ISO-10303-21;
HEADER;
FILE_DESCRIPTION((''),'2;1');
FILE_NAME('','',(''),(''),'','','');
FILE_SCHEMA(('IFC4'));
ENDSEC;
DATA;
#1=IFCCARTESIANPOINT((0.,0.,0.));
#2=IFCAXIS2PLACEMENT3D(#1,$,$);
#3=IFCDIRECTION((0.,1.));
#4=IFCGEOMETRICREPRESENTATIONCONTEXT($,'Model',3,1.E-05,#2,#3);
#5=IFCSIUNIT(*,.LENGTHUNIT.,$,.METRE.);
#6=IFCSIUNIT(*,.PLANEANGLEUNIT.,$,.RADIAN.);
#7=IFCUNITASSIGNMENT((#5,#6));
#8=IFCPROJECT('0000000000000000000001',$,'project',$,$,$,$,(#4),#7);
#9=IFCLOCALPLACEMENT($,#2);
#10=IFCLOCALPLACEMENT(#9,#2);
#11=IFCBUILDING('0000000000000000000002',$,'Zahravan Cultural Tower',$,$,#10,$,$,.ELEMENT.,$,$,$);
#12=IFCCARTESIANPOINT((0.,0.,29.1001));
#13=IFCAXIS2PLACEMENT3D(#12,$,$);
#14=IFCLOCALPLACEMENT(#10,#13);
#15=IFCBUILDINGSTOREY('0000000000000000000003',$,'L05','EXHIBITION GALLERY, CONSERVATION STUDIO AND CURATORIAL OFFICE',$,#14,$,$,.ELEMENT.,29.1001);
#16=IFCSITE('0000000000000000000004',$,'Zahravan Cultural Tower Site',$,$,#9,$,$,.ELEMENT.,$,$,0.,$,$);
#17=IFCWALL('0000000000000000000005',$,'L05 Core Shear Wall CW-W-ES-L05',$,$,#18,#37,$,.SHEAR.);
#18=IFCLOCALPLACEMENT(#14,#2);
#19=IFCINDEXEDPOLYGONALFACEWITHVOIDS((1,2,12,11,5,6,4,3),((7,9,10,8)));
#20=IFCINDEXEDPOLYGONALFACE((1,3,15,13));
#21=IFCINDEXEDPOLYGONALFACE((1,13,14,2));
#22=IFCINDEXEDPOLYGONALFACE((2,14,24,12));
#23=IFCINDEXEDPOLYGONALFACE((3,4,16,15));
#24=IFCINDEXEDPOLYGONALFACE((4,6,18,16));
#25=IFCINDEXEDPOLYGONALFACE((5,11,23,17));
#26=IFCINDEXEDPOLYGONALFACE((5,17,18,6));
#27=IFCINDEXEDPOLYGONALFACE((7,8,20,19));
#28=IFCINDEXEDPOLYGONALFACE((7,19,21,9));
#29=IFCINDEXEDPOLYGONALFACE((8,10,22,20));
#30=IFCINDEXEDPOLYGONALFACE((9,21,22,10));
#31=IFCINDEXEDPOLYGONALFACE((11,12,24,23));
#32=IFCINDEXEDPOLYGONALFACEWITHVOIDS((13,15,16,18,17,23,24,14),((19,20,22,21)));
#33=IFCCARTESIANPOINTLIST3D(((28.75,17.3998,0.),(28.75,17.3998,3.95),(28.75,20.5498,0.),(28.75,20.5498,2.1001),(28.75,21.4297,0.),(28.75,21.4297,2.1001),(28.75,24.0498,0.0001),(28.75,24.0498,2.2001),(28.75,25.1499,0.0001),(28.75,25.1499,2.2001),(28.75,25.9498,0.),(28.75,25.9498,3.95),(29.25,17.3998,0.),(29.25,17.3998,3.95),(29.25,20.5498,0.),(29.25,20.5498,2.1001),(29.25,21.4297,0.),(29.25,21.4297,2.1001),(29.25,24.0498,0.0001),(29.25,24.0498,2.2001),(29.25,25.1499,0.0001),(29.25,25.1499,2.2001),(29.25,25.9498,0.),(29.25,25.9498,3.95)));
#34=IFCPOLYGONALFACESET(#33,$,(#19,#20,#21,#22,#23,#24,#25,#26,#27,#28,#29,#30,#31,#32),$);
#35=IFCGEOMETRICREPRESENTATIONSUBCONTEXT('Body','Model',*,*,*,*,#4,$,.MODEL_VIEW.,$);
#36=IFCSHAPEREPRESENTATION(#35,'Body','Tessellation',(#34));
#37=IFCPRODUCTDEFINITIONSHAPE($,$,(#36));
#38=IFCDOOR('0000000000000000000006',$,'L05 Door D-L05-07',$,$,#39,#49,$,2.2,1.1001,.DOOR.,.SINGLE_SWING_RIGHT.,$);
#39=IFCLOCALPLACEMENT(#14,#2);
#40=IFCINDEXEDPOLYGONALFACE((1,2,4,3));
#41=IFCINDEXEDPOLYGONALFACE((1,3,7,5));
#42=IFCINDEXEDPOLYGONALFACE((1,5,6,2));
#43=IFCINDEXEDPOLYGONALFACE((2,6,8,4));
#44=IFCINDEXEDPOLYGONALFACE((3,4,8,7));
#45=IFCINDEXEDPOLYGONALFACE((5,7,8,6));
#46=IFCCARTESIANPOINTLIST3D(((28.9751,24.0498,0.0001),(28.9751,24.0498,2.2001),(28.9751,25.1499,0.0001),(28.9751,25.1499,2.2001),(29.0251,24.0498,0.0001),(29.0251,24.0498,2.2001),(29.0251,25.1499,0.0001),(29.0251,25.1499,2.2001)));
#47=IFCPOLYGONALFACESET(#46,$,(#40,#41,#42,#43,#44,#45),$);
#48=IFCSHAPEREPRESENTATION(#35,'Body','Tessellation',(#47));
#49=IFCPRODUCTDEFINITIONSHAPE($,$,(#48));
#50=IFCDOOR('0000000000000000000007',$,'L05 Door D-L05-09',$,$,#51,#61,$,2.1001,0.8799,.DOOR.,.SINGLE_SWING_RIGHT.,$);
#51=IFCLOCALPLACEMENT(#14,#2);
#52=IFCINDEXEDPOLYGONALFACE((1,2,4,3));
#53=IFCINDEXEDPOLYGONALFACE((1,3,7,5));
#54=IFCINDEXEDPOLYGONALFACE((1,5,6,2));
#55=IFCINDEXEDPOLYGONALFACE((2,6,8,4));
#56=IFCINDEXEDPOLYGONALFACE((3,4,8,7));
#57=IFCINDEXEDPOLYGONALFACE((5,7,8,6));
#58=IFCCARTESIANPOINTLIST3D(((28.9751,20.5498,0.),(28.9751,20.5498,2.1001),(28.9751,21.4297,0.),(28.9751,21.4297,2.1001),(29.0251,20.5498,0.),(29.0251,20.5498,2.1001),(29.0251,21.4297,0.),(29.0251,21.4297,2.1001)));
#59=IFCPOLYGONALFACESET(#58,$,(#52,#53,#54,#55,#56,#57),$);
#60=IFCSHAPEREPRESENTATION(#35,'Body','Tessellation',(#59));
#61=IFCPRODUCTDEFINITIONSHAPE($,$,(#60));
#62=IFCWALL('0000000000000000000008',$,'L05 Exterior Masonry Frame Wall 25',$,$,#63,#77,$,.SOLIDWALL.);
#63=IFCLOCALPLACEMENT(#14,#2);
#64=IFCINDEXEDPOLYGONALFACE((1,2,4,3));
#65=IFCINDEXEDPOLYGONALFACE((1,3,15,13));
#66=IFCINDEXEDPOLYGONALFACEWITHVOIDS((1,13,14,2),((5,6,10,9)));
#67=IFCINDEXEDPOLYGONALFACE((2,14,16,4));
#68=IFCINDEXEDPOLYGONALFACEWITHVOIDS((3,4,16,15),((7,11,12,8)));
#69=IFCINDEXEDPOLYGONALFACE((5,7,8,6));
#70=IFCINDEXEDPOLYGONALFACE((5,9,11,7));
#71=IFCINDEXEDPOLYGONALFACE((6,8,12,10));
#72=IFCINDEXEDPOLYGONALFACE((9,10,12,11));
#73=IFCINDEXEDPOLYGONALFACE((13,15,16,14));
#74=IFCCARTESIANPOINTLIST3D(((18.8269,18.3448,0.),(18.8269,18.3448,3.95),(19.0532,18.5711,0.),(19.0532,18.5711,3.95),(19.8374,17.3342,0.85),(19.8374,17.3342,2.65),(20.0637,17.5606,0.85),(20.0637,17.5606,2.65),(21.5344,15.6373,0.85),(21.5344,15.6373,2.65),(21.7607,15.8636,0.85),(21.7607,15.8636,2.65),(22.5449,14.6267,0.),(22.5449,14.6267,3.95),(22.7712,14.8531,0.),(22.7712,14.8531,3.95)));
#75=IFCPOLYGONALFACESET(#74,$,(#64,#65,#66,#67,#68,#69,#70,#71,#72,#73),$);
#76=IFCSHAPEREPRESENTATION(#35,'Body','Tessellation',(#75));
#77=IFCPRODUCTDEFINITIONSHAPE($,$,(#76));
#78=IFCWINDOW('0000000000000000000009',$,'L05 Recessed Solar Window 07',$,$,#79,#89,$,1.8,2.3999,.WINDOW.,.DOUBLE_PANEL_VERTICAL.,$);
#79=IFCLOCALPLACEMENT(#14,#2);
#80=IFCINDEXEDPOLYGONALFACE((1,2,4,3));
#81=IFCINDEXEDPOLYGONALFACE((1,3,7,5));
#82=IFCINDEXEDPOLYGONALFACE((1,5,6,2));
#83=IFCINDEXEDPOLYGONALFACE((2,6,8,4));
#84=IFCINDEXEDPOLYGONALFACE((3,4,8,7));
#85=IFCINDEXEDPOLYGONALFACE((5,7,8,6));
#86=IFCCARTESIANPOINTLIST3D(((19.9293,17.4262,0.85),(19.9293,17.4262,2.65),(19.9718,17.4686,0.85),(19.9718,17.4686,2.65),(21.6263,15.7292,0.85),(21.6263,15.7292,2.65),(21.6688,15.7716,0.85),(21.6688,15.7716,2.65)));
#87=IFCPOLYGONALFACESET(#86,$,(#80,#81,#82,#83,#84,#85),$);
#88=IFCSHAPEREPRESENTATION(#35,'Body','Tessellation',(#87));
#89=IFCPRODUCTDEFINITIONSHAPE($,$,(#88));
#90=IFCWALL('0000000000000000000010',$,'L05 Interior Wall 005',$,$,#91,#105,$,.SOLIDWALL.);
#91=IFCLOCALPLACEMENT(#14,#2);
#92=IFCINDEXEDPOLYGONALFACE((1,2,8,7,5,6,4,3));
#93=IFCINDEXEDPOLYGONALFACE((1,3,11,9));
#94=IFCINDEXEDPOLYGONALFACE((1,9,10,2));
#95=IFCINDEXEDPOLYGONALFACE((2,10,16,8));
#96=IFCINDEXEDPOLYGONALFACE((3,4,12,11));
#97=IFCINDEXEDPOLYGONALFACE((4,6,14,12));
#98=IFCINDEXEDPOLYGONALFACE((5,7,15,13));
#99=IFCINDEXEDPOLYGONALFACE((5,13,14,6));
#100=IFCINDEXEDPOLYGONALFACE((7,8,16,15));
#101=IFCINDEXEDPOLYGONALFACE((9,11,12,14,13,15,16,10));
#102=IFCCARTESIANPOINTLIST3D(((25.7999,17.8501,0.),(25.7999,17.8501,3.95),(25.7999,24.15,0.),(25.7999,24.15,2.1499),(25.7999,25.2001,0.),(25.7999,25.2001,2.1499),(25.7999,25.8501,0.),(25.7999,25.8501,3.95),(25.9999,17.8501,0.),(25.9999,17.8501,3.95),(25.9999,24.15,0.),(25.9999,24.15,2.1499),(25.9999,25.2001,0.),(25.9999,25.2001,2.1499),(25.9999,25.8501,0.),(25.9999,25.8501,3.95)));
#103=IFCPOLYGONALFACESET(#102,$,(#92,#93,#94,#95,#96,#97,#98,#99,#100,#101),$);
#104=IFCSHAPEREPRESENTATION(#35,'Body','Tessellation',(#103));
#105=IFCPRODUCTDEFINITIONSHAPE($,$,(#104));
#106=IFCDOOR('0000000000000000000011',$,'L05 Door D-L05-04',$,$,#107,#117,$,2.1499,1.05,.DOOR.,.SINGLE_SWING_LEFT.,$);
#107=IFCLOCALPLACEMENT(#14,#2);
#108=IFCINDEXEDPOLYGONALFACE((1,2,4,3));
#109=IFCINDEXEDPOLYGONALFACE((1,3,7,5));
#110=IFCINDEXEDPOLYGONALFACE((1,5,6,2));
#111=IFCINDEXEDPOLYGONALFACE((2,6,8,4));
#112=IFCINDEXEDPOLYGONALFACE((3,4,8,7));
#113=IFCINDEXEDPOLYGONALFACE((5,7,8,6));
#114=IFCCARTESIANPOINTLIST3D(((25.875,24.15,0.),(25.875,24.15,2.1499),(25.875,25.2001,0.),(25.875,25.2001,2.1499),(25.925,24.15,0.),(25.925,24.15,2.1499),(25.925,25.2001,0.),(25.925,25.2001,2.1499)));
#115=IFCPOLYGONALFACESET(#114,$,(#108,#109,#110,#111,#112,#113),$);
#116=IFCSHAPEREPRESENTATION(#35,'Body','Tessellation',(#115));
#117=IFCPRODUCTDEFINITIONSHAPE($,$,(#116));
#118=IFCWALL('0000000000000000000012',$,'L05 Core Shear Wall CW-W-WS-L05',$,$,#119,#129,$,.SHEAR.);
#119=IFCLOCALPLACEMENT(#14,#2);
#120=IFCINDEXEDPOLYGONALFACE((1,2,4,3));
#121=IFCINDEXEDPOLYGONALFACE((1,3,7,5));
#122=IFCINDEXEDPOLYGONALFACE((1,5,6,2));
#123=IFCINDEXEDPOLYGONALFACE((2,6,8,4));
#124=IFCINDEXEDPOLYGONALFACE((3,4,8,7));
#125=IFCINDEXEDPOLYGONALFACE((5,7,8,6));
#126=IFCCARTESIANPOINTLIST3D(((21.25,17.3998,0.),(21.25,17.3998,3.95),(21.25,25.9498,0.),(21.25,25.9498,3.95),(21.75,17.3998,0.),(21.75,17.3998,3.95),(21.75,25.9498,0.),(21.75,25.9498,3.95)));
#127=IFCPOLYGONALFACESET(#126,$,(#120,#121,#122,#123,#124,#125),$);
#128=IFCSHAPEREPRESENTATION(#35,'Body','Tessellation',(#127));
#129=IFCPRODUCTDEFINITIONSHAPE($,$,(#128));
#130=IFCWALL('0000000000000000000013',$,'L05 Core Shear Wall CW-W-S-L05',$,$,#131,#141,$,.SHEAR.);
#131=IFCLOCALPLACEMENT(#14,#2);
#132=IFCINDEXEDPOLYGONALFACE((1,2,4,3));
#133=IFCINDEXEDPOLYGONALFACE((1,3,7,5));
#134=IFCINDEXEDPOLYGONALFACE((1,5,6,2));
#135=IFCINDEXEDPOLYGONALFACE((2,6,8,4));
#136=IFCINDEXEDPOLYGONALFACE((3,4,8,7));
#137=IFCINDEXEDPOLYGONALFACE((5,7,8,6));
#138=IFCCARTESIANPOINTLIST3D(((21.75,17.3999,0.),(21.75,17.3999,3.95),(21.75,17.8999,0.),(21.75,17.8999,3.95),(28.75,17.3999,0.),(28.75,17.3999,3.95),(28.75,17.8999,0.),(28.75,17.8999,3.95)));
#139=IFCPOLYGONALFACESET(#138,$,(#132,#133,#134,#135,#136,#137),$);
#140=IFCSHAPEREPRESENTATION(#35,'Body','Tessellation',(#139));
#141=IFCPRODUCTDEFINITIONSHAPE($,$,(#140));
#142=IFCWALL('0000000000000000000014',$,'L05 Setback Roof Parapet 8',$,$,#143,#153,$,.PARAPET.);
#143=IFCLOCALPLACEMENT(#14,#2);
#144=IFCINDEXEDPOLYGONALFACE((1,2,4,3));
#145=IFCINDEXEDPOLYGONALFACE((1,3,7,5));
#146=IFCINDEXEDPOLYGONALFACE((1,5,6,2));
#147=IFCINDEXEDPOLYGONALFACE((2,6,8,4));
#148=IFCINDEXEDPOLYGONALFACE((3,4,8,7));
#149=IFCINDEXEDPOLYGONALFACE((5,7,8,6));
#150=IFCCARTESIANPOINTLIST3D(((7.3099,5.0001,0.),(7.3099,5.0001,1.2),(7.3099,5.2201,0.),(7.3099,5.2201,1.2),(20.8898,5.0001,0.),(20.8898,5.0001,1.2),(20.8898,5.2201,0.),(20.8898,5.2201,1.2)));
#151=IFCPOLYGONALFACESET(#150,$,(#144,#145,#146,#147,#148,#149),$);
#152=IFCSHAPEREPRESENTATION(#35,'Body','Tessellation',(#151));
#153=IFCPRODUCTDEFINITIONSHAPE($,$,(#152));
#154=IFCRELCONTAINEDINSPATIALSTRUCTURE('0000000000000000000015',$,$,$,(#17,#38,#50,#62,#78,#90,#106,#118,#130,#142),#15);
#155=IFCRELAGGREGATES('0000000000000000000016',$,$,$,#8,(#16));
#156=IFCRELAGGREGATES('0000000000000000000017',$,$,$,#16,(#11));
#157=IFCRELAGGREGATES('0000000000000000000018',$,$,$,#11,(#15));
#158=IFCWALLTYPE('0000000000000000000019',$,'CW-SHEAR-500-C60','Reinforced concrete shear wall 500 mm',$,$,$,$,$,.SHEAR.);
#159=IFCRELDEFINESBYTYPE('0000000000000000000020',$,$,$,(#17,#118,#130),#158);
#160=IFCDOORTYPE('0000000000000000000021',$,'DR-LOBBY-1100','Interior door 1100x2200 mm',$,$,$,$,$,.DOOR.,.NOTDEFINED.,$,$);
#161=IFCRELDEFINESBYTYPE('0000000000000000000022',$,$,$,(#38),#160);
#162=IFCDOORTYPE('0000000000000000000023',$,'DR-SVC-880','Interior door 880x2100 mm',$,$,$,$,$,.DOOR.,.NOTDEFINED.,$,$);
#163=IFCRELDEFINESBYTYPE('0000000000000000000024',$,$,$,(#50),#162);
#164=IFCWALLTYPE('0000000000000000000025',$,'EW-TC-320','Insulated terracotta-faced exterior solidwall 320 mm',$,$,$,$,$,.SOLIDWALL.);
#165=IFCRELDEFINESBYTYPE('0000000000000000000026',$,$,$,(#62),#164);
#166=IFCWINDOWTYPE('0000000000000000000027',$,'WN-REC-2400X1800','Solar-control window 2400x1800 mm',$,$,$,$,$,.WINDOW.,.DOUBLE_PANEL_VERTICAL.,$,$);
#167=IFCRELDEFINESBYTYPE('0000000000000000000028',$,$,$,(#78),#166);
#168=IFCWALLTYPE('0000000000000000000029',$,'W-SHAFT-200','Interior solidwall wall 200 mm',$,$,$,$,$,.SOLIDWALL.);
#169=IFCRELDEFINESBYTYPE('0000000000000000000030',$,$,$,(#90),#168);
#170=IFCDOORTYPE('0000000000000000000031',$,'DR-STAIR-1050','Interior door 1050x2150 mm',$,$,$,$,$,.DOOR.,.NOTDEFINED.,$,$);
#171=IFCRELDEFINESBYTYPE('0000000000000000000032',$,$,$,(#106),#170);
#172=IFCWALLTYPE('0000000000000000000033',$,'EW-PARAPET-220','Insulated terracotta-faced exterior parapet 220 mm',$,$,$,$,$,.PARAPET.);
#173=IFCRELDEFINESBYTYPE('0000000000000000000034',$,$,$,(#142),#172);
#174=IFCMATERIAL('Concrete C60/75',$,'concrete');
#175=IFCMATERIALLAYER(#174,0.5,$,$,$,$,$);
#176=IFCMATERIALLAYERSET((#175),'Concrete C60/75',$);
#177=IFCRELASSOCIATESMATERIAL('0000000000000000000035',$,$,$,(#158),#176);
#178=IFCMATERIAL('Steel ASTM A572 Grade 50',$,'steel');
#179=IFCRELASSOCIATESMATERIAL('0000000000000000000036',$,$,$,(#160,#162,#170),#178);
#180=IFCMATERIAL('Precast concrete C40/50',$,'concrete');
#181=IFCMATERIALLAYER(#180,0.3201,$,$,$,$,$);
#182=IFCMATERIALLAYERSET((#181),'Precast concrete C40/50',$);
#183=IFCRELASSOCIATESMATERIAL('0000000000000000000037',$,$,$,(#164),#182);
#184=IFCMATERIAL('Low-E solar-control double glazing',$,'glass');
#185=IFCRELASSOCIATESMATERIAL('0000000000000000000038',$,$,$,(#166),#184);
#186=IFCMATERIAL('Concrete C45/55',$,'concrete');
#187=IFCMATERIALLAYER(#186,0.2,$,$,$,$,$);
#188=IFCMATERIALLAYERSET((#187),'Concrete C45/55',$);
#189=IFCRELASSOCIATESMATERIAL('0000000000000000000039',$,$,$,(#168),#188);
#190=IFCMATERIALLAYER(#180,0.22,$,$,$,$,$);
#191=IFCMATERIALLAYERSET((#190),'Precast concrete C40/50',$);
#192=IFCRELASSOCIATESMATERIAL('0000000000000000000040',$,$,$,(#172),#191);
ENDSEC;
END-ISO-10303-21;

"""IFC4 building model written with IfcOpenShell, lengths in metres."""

from ifc_helpers import new_model, si_unit, direction, frame, frame_2d, origin, place, context, subcontext, project, spatial, rectangle, extrude, source, transform, mapped, material, layer, layer_set, type_object, element, fill, save


model = new_model("IFC4")

# Units and contexts
model_context = context("Model", 3, precision=1e-05, world=origin(), true_north=direction((0.0, 1.0)))
body_context = subcontext(model_context, "Body", "Model", "MODEL_VIEW")
ifc_project = project(units=[si_unit("LENGTHUNIT", "METRE"), si_unit("PLANEANGLEUNIT", "RADIAN")], contexts=[model_context])

# Site, building, storey
site_placement = place(None, origin())
site = spatial("IfcSite", under=ifc_project, at=site_placement, Name="Zahravan Cultural Tower Site", CompositionType="ELEMENT", RefElevation=0.0)
building_placement = place(site_placement, origin())
building = spatial("IfcBuilding", under=site, at=building_placement, Name="Zahravan Cultural Tower", CompositionType="ELEMENT")
storey_placement = place(building_placement, frame((0.0, 0.0, 29.1001)))
storey = spatial("IfcBuildingStorey", under=building, at=storey_placement, Name="L05", Description="EXHIBITION GALLERY, CONSERVATION STUDIO AND CURATORIAL OFFICE", CompositionType="ELEMENT", Elevation=29.1001)

# Shared definitions
ifc_material_1 = material(Name="Concrete C60/75", Category="concrete")

# Shared definitions
ifc_material_2 = material(Name="Steel ASTM A572 Grade 50", Category="steel")

# Wall, openings, doors
ifc_layer_1 = layer(ifc_material_1, 0.5)
ifc_layer_set_1 = layer_set([ifc_layer_1], Name="Concrete C60/75")
wall_type_1 = type_object("IfcWallType", Name="CW-SHEAR-500-C60", Description="Reinforced concrete shear wall 500 mm", PredefinedType="SHEAR", material=ifc_layer_set_1)
wall_1_placement = place(storey_placement, frame((29.0, 17.3999, 0.0), z_axis=(0.0, 0.0, 1.0), x_axis=(0.0, 1.0, 0.0)))
wall_1 = element("IfcWall", 1, at=wall_1_placement, inside=storey, type_object=wall_type_1, Name="L05 Core Shear Wall CW-W-ES-L05", PredefinedType="SHEAR", context=body_context, shape_type="SweptSolid", body=[
    extrude(rectangle(XDim=8.55, YDim=0.5, at=frame_2d((4.2749, 0.0))), origin(), (0.0, 0.0, 1.0), 3.95),
])
opening_1_placement = place(wall_1_placement, frame((6.6499, 0.0, 0.0)))
opening_1 = element("IfcOpeningElement", 2, at=opening_1_placement, cuts=wall_1, PredefinedType="OPENING", context=body_context, shape_type="SweptSolid", body=[
    extrude(rectangle(XDim=1.1001, YDim=2.2, at=frame_2d((0.55, 1.1001))), frame((0.0, 0.26, 0.0), z_axis=(0.0, -1.0, 0.0), x_axis=(1.0, 0.0, 0.0)), (0.0, 0.0, 1.0), 0.52),
])
opening_2_placement = place(wall_1_placement, frame((3.1499, 0.0, 0.0)))
opening_2 = element("IfcOpeningElement", 3, at=opening_2_placement, cuts=wall_1, PredefinedType="OPENING", context=body_context, shape_type="SweptSolid", body=[
    extrude(rectangle(XDim=0.8799, YDim=2.1001, at=frame_2d((0.4399, 1.05))), frame((0.0, 0.26, 0.0), z_axis=(0.0, -1.0, 0.0), x_axis=(1.0, 0.0, 0.0)), (0.0, 0.0, 1.0), 0.52),
])
door_type_1 = type_object("IfcDoorType", Name="DR-LOBBY-1100", Description="Interior door 1100x2200 mm", OperationType="NOTDEFINED", PredefinedType="DOOR", material=ifc_material_2)
shared_shape_1 = source(origin(), body_context, "Body", "SweptSolid", [
    extrude(rectangle(XDim=1.1001, YDim=2.2, at=frame_2d((0.55, 1.1001))), frame((0.0, 0.0249, 0.0), z_axis=(0.0, -1.0, 0.0), x_axis=(1.0, 0.0, 0.0)), (0.0, 0.0, 1.0), 0.05),
])
door_1_placement = place(opening_1_placement, origin())
door_1 = element("IfcDoor", 4, at=door_1_placement, inside=storey, type_object=door_type_1, Name="L05 Door D-L05-07", OperationType="SINGLE_SWING_RIGHT", OverallHeight=2.2, OverallWidth=1.1001, PredefinedType="DOOR", context=body_context, shape_type="MappedRepresentation", body=[
    mapped(shared_shape_1, transform((0.0, 0.0, 0.0), x_axis=(1.0, 0.0, 0.0), y_axis=(0.0, 1.0, 0.0), z_axis=(0.0, 0.0, 1.0), scale=1.0)),
])
fill(opening_1, door_1)
door_type_2 = type_object("IfcDoorType", Name="DR-SVC-880", Description="Interior door 880x2100 mm", OperationType="NOTDEFINED", PredefinedType="DOOR", material=ifc_material_2)
shared_shape_2 = source(origin(), body_context, "Body", "SweptSolid", [
    extrude(rectangle(XDim=0.8799, YDim=2.1001, at=frame_2d((0.4399, 1.05))), frame((0.0, 0.0249, 0.0), z_axis=(0.0, -1.0, 0.0), x_axis=(1.0, 0.0, 0.0)), (0.0, 0.0, 1.0), 0.05),
])
door_2_placement = place(opening_2_placement, origin())
door_2 = element("IfcDoor", 5, at=door_2_placement, inside=storey, type_object=door_type_2, Name="L05 Door D-L05-09", OperationType="SINGLE_SWING_RIGHT", OverallHeight=2.1001, OverallWidth=0.8799, PredefinedType="DOOR", context=body_context, shape_type="MappedRepresentation", body=[
    mapped(shared_shape_2, transform((0.0, 0.0, 0.0), x_axis=(1.0, 0.0, 0.0), y_axis=(0.0, 1.0, 0.0), z_axis=(0.0, 0.0, 1.0), scale=1.0)),
])
fill(opening_2, door_2)

# Wall, opening, window
ifc_material_3 = material(Name="Precast concrete C40/50", Category="concrete")
ifc_layer_2 = layer(ifc_material_3, 0.3201)
ifc_layer_set_2 = layer_set([ifc_layer_2], Name="Precast concrete C40/50")
wall_type_2 = type_object("IfcWallType", Name="EW-TC-320", Description="Insulated terracotta-faced exterior solidwall 320 mm", PredefinedType="SOLIDWALL", material=ifc_layer_set_2)
wall_2_placement = place(storey_placement, frame((22.658, 14.74, 0.0), z_axis=(0.0, 0.0, 1.0), x_axis=(-0.707107, 0.707107, 0.0)))
wall_2 = element("IfcWall", 6, at=wall_2_placement, inside=storey, type_object=wall_type_2, Name="L05 Exterior Masonry Frame Wall 25", PredefinedType="SOLIDWALL", context=body_context, shape_type="SweptSolid", body=[
    extrude(rectangle(XDim=5.2581, YDim=0.3201, at=frame_2d((2.6289, 0.0))), origin(), (0.0, 0.0, 1.0), 3.95),
])
opening_3_placement = place(wall_2_placement, frame((1.429, 0.0, 0.8501)))
opening_3 = element("IfcOpeningElement", 7, at=opening_3_placement, cuts=wall_2, PredefinedType="OPENING", context=body_context, shape_type="SweptSolid", body=[
    extrude(rectangle(XDim=2.3999, YDim=1.8, at=frame_2d((1.2, 0.8999))), frame((0.0, 0.1699, 0.0), z_axis=(0.0, -1.0, 0.0), x_axis=(1.0, 0.0, 0.0)), (0.0, 0.0, 1.0), 0.3401),
])
ifc_material_4 = material(Name="Low-E solar-control double glazing", Category="glass")
window_type = type_object("IfcWindowType", Name="WN-REC-2400X1800", Description="Solar-control window 2400x1800 mm", PartitioningType="DOUBLE_PANEL_VERTICAL", PredefinedType="WINDOW", material=ifc_material_4)
shared_shape_3 = source(origin(), body_context, "Body", "SweptSolid", [
    extrude(rectangle(XDim=2.3999, YDim=1.8, at=frame_2d((1.2, 0.8999))), frame((0.0, 0.03, 0.0), z_axis=(0.0, -1.0, 0.0), x_axis=(1.0, 0.0, 0.0)), (0.0, 0.0, 1.0), 0.0601),
])
window_placement = place(opening_3_placement, origin())
window = element("IfcWindow", 8, at=window_placement, inside=storey, type_object=window_type, Name="L05 Recessed Solar Window 07", OverallHeight=1.8, OverallWidth=2.3999, PartitioningType="DOUBLE_PANEL_VERTICAL", PredefinedType="WINDOW", context=body_context, shape_type="MappedRepresentation", body=[
    mapped(shared_shape_3, transform((0.0, 0.0, 0.0), x_axis=(1.0, 0.0, 0.0), y_axis=(0.0, 1.0, 0.0), z_axis=(0.0, 0.0, 1.0), scale=1.0)),
])
fill(opening_3, window)

# Wall, opening, door
ifc_material_5 = material(Name="Concrete C45/55", Category="concrete")
ifc_layer_3 = layer(ifc_material_5, 0.2)
ifc_layer_set_3 = layer_set([ifc_layer_3], Name="Concrete C45/55")
wall_type_3 = type_object("IfcWallType", Name="W-SHAFT-200", Description="Interior solidwall wall 200 mm", PredefinedType="SOLIDWALL", material=ifc_layer_set_3)
wall_3_placement = place(storey_placement, frame((25.8999, 17.8501, 0.0), z_axis=(0.0, 0.0, 1.0), x_axis=(0.0, 1.0, 0.0)))
wall_3 = element("IfcWall", 9, at=wall_3_placement, inside=storey, type_object=wall_type_3, Name="L05 Interior Wall 005", PredefinedType="SOLIDWALL", context=body_context, shape_type="SweptSolid", body=[
    extrude(rectangle(XDim=8.0, YDim=0.2, at=frame_2d((4.0, 0.0))), origin(), (0.0, 0.0, 1.0), 3.95),
])
opening_4_placement = place(wall_3_placement, frame((6.3, 0.0, 0.0)))
opening_4 = element("IfcOpeningElement", 10, at=opening_4_placement, cuts=wall_3, PredefinedType="OPENING", context=body_context, shape_type="SweptSolid", body=[
    extrude(rectangle(XDim=1.05, YDim=2.1499, at=frame_2d((0.5249, 1.075))), frame((0.0, 0.1099, 0.0), z_axis=(0.0, -1.0, 0.0), x_axis=(1.0, 0.0, 0.0)), (0.0, 0.0, 1.0), 0.22),
])
door_type_3 = type_object("IfcDoorType", Name="DR-STAIR-1050", Description="Interior door 1050x2150 mm", OperationType="NOTDEFINED", PredefinedType="DOOR", material=ifc_material_2)
shared_shape_4 = source(origin(), body_context, "Body", "SweptSolid", [
    extrude(rectangle(XDim=1.05, YDim=2.1499, at=frame_2d((0.5249, 1.075))), frame((0.0, 0.0249, 0.0), z_axis=(0.0, -1.0, 0.0), x_axis=(1.0, 0.0, 0.0)), (0.0, 0.0, 1.0), 0.05),
])
door_3_placement = place(opening_4_placement, origin())
door_3 = element("IfcDoor", 11, at=door_3_placement, inside=storey, type_object=door_type_3, Name="L05 Door D-L05-04", OperationType="SINGLE_SWING_LEFT", OverallHeight=2.1499, OverallWidth=1.05, PredefinedType="DOOR", context=body_context, shape_type="MappedRepresentation", body=[
    mapped(shared_shape_4, transform((0.0, 0.0, 0.0), x_axis=(1.0, 0.0, 0.0), y_axis=(0.0, 1.0, 0.0), z_axis=(0.0, 0.0, 1.0), scale=1.0)),
])
fill(opening_4, door_3)

# Walls
shared_shape_5 = source(origin(), body_context, "Body", "SweptSolid", [
    extrude(rectangle(XDim=8.55, YDim=0.5, at=frame_2d((4.2749, 0.0))), origin(), (0.0, 0.0, 1.0), 3.95),
])
wall_4_placement = place(storey_placement, frame((21.5, 17.3999, 0.0), z_axis=(0.0, 0.0, 1.0), x_axis=(0.0, 1.0, 0.0)))
element("IfcWall", 12, at=wall_4_placement, inside=storey, type_object=wall_type_1, Name="L05 Core Shear Wall CW-W-WS-L05", PredefinedType="SHEAR", context=body_context, shape_type="MappedRepresentation", body=[
    mapped(shared_shape_5, transform((0.0, 0.0, 0.0), x_axis=(1.0, 0.0, 0.0), y_axis=(0.0, 1.0, 0.0), z_axis=(0.0, 0.0, 1.0), scale=1.0)),
])
shared_shape_6 = source(origin(), body_context, "Body", "SweptSolid", [
    extrude(rectangle(XDim=7.0, YDim=0.5, at=frame_2d((3.5, 0.0))), origin(), (0.0, 0.0, 1.0), 3.95),
])
wall_5_placement = place(storey_placement, frame((21.75, 17.6499, 0.0), z_axis=(0.0, 0.0, 1.0), x_axis=(1.0, 0.0, 0.0)))
element("IfcWall", 13, at=wall_5_placement, inside=storey, type_object=wall_type_1, Name="L05 Core Shear Wall CW-W-S-L05", PredefinedType="SHEAR", context=body_context, shape_type="MappedRepresentation", body=[
    mapped(shared_shape_6, transform((0.0, 0.0, 0.0), x_axis=(1.0, 0.0, 0.0), y_axis=(0.0, 1.0, 0.0), z_axis=(0.0, 0.0, 1.0), scale=1.0)),
])
ifc_layer_4 = layer(ifc_material_3, 0.22)
ifc_layer_set_4 = layer_set([ifc_layer_4], Name="Precast concrete C40/50")
wall_type_4 = type_object("IfcWallType", Name="EW-PARAPET-220", Description="Insulated terracotta-faced exterior parapet 220 mm", PredefinedType="PARAPET", material=ifc_layer_set_4)
shared_shape_7 = source(origin(), body_context, "Body", "SweptSolid", [
    extrude(rectangle(XDim=13.5798, YDim=0.22, at=frame_2d((6.79, 0.0))), origin(), (0.0, 0.0, 1.0), 1.2),
])
wall_6_placement = place(storey_placement, frame((20.8899, 5.1101, 0.0), z_axis=(0.0, 0.0, 1.0), x_axis=(-1.0, 0.0, 0.0)))
element("IfcWall", 14, at=wall_6_placement, inside=storey, type_object=wall_type_4, Name="L05 Setback Roof Parapet 8", PredefinedType="PARAPET", context=body_context, shape_type="MappedRepresentation", body=[
    mapped(shared_shape_7, transform((0.0, 0.0, 0.0), x_axis=(1.0, 0.0, 0.0), y_axis=(0.0, 1.0, 0.0), z_axis=(0.0, 0.0, 1.0), scale=1.0)),
])

save(model, "model.ifc")
